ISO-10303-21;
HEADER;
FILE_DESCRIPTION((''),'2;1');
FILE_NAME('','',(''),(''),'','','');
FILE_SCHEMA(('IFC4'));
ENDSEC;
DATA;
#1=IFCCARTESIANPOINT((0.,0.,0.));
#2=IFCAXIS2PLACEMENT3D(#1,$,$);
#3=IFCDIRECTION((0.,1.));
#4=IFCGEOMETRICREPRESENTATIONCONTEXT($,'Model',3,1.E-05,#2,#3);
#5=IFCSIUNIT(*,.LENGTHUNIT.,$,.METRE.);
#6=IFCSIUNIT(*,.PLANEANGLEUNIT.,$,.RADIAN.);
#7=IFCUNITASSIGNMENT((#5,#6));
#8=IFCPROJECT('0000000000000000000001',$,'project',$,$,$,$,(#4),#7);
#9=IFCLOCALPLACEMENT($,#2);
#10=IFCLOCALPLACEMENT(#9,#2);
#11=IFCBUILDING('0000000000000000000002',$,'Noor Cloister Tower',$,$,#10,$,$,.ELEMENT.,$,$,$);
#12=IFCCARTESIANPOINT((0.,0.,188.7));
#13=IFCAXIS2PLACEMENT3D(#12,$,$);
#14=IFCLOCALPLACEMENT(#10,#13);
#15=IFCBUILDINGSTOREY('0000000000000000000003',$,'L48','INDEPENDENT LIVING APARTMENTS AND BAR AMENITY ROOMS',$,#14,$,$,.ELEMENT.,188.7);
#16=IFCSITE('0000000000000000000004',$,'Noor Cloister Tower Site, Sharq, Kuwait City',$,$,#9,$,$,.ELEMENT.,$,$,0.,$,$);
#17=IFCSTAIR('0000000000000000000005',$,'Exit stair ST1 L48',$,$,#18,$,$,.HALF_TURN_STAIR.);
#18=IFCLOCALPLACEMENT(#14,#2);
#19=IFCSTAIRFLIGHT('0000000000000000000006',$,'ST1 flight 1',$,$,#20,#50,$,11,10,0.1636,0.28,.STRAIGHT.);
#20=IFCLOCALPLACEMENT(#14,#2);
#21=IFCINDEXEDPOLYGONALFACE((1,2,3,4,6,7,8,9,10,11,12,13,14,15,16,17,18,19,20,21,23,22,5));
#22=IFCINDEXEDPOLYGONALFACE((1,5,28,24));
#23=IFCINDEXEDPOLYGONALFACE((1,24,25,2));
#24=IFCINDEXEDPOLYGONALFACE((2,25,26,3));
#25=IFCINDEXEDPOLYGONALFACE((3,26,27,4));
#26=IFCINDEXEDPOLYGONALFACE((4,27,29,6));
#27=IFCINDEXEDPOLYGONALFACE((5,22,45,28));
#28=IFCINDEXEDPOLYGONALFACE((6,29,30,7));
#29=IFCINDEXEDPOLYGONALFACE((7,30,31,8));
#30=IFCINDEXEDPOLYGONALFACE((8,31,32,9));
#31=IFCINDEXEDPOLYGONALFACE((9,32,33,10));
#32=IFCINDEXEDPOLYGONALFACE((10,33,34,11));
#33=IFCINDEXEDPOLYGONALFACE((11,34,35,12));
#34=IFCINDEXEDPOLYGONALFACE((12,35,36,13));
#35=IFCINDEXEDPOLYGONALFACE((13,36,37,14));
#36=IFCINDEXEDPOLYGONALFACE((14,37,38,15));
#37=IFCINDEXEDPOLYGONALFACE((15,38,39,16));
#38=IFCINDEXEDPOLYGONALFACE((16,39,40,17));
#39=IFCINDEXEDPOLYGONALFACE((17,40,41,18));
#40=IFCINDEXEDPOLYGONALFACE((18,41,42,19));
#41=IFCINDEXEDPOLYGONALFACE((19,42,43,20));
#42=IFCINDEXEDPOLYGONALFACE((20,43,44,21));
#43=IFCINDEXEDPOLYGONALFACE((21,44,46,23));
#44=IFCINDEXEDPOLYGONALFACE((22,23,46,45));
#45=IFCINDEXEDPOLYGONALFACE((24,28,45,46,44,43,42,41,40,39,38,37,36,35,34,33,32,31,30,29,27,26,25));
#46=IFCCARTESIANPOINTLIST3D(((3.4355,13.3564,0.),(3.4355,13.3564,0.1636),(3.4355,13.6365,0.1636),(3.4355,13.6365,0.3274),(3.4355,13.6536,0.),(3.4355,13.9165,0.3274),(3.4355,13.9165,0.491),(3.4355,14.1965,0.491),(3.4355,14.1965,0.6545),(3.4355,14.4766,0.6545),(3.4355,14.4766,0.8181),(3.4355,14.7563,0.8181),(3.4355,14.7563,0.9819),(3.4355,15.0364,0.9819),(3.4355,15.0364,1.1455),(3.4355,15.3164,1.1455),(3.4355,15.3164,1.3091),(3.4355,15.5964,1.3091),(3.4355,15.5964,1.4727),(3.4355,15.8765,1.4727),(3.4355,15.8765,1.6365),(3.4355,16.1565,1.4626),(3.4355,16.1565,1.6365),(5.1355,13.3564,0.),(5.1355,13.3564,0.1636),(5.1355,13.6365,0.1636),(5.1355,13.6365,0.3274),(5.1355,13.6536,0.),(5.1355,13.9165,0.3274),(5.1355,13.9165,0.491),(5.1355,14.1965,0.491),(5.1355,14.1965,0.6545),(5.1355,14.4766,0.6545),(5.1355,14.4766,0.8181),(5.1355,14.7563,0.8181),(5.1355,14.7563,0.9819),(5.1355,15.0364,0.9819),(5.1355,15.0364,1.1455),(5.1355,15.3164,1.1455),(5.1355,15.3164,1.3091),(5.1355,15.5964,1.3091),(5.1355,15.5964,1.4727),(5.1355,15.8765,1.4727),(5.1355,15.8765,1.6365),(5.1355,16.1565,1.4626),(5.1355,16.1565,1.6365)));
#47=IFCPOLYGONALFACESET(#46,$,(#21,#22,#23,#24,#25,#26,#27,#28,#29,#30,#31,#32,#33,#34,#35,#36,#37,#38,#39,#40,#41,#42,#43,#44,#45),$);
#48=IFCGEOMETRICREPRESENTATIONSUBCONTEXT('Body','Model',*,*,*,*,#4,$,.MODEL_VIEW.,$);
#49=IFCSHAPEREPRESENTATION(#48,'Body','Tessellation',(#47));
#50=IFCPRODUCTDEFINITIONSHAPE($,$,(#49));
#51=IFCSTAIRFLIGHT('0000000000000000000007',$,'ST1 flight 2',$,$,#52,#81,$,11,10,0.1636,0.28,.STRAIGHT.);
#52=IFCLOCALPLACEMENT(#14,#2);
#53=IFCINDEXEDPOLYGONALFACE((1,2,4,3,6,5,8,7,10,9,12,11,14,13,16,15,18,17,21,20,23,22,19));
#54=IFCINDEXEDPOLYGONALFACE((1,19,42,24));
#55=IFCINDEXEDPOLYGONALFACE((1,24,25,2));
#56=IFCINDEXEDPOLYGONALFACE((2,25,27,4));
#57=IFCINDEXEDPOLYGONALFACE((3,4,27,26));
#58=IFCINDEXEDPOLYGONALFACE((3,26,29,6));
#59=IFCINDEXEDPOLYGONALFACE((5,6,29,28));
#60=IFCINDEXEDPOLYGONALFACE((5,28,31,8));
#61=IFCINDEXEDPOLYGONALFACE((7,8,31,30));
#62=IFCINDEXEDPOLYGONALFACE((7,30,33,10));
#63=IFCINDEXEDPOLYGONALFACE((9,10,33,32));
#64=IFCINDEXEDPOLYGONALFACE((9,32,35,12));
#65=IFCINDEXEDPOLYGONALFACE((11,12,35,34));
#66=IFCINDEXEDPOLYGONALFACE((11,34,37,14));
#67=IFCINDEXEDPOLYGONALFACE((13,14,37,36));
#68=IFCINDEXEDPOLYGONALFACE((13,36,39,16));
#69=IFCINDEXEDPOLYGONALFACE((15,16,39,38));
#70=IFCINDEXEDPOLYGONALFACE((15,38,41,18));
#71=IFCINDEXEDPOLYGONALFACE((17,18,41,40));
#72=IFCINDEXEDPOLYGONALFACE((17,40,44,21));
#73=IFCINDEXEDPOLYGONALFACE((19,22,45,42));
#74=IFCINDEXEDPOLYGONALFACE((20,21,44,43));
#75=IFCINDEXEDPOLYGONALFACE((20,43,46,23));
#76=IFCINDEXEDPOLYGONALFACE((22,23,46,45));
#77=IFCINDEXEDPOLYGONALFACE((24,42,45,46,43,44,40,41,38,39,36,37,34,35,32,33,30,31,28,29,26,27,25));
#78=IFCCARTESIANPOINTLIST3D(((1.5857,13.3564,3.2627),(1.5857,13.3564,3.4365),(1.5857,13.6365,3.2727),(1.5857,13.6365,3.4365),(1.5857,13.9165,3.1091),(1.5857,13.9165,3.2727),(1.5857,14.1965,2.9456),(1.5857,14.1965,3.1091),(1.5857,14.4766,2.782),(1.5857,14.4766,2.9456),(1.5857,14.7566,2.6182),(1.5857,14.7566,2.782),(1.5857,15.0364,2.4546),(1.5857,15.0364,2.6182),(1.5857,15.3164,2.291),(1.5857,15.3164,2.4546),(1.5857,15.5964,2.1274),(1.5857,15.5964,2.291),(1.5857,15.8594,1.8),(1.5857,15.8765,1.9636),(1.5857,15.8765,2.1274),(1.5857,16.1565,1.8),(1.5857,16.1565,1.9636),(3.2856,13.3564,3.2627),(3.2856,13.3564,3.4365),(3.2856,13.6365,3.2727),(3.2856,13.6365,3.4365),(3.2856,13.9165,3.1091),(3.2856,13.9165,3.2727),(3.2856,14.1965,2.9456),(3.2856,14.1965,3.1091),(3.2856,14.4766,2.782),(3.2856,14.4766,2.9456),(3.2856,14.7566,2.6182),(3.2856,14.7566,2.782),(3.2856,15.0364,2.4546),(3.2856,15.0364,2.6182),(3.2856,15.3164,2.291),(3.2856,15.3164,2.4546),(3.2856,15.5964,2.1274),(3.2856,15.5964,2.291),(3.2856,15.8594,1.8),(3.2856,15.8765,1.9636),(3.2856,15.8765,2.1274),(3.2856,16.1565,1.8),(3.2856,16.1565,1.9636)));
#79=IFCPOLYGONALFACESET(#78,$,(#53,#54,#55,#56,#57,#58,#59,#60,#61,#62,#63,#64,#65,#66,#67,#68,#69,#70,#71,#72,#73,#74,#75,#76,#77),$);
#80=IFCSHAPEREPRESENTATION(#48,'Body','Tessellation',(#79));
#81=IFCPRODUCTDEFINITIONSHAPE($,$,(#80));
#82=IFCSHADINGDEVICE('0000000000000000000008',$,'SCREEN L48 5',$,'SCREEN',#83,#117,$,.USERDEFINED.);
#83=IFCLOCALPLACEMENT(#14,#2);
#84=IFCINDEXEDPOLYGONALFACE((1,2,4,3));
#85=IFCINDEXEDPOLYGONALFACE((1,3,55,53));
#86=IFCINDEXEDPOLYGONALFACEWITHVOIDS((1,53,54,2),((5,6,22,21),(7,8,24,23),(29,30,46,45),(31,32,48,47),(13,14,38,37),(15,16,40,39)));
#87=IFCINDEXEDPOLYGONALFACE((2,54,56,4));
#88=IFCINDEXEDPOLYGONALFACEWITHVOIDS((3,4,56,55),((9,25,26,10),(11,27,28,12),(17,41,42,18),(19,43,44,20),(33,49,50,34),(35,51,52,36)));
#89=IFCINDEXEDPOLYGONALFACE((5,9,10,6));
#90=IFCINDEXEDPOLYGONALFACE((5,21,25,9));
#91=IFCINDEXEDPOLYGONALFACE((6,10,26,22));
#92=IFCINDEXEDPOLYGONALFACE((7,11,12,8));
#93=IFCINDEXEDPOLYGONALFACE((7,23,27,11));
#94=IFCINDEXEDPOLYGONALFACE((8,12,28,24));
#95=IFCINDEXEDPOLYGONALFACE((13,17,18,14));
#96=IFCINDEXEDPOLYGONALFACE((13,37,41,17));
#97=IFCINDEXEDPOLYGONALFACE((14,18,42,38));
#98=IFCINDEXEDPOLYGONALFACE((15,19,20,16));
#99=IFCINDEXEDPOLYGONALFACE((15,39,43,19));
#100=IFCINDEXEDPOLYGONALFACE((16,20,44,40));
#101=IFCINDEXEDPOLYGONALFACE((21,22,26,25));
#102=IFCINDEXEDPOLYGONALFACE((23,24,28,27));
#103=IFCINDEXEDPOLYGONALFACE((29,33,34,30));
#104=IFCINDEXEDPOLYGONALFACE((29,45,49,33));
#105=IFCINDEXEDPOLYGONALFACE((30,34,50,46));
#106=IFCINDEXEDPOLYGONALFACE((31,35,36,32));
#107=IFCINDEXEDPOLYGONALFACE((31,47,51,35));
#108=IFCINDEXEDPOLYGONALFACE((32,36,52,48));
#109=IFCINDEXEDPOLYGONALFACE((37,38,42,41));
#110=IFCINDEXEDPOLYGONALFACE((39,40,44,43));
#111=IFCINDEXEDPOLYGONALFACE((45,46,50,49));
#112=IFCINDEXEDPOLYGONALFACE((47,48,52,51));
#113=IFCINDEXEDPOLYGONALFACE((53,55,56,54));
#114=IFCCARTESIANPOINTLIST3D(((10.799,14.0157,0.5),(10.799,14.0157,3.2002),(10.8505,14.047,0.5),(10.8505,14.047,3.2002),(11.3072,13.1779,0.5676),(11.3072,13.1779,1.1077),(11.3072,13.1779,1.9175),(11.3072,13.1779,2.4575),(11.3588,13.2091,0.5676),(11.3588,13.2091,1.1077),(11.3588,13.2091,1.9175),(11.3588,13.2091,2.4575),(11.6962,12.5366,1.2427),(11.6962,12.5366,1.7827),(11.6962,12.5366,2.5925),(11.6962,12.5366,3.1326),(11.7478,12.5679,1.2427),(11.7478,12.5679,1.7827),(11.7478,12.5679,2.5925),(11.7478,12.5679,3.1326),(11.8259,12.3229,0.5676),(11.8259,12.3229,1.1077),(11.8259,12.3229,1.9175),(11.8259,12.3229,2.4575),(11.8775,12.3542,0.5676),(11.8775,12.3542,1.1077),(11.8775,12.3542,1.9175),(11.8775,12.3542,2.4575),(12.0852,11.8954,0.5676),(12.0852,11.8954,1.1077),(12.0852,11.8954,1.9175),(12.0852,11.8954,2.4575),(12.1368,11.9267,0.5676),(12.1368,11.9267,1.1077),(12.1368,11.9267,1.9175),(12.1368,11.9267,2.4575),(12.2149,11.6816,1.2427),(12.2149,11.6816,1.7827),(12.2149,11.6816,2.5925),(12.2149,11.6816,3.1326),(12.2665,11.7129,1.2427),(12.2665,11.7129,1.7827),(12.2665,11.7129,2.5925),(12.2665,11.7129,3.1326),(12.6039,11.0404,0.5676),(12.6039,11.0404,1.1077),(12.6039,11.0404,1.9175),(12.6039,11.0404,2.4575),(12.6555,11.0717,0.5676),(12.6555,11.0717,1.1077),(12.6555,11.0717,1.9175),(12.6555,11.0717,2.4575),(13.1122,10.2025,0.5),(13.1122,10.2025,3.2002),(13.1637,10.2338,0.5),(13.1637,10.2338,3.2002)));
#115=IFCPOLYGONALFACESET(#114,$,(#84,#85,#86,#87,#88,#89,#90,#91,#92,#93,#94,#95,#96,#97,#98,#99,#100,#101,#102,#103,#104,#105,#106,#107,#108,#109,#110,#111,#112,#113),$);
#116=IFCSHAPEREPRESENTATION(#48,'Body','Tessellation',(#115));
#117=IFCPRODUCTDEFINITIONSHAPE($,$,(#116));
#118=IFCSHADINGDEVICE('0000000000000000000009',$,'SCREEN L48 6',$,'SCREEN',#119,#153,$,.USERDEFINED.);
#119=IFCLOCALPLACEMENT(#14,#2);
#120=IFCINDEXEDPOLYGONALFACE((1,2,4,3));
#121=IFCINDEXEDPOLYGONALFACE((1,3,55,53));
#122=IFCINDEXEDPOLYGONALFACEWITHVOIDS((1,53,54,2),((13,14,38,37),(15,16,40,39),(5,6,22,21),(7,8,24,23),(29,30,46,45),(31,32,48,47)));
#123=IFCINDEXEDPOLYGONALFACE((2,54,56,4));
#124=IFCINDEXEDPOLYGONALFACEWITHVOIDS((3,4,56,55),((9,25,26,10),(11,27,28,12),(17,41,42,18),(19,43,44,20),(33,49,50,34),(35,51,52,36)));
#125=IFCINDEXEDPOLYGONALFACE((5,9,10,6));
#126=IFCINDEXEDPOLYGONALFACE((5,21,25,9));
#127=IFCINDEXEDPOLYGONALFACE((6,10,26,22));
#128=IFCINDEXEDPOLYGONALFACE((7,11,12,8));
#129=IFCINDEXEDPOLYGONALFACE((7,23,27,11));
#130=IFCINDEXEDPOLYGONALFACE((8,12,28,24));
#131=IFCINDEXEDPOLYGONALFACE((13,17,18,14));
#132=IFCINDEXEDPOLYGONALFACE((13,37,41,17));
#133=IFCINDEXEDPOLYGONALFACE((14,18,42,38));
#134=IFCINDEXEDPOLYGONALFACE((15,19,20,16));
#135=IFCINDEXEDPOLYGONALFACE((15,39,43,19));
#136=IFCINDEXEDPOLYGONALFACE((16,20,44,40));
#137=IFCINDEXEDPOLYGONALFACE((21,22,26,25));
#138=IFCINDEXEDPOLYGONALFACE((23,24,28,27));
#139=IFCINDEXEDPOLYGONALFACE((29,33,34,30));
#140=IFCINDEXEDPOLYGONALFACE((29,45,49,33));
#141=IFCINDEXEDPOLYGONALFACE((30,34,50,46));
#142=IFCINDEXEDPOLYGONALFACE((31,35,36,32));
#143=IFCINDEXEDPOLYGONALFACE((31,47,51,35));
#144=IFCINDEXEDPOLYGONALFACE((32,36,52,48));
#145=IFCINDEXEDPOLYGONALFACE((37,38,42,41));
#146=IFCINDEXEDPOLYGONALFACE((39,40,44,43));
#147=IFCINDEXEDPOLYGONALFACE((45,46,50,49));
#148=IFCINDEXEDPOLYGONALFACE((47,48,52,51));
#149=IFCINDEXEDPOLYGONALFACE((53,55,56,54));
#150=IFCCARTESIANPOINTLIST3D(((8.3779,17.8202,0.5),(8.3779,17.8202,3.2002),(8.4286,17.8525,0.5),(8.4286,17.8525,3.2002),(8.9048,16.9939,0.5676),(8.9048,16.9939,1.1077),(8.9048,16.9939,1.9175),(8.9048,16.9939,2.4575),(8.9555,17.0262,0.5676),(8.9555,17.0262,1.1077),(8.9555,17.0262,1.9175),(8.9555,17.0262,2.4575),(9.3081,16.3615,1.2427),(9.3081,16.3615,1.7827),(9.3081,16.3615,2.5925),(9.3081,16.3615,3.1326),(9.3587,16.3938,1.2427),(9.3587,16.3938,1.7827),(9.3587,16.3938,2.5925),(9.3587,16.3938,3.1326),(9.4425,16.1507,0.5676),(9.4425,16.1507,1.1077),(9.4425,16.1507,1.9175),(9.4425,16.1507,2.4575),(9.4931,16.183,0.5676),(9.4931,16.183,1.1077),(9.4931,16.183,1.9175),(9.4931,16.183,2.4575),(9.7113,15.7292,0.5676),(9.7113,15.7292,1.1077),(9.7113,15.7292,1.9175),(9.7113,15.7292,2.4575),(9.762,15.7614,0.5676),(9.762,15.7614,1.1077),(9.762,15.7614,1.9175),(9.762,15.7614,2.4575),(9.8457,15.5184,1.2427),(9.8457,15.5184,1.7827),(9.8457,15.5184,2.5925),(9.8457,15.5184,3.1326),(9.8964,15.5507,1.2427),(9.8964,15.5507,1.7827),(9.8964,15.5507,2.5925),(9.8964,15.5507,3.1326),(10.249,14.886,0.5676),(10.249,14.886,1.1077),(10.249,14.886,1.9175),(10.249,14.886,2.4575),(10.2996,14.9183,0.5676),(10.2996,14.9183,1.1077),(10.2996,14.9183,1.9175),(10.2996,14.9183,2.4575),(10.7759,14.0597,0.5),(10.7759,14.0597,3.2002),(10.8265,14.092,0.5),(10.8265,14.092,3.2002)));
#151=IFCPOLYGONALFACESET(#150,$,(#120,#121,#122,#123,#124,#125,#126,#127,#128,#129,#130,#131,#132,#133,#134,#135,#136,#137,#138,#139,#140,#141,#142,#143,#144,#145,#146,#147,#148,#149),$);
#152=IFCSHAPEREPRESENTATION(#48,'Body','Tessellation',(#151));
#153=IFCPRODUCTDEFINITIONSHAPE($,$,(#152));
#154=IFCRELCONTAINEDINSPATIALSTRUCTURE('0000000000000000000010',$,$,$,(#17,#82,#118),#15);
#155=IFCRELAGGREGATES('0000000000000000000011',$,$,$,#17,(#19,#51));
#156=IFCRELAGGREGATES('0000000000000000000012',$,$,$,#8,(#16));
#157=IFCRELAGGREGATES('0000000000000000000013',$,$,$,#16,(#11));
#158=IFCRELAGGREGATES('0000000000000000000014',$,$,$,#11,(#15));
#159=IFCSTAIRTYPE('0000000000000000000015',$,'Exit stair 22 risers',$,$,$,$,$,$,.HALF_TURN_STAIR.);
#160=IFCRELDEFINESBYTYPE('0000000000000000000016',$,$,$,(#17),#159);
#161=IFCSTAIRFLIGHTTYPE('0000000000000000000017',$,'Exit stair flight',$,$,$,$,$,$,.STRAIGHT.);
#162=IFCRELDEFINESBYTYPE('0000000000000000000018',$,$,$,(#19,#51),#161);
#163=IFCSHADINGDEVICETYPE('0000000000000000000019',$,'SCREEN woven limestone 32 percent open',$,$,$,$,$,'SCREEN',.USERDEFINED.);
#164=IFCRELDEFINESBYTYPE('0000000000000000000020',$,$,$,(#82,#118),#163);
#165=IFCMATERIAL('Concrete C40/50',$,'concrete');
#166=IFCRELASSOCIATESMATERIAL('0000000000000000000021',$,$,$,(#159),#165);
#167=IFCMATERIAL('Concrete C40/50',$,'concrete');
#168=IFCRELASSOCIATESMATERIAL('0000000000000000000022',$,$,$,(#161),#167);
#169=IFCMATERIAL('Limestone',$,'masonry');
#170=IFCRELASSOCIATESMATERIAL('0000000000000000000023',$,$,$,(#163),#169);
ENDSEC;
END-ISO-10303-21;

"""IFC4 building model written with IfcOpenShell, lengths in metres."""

from ifc_helpers import new_model, si_unit, direction, frame, origin, place, context, subcontext, project, spatial, polyline, outline, extrude, material, material_profile, profile_set, type_object, element, aggregate, save


model = new_model("IFC4")

# Units and contexts
model_context = context("Model", 3, precision=1e-05, world=origin(), true_north=direction((0.0, 1.0)))
body_context = subcontext(model_context, "Body", "Model", "MODEL_VIEW")
ifc_project = project(units=[si_unit("LENGTHUNIT", "METRE"), si_unit("PLANEANGLEUNIT", "RADIAN")], contexts=[model_context])

# Site, building, storey
site_placement = place(None, origin())
site = spatial("IfcSite", under=ifc_project, at=site_placement, Name="Noor Cloister Tower Site, Sharq, Kuwait City", CompositionType="ELEMENT", RefElevation=0.0)
building_placement = place(site_placement, origin())
building = spatial("IfcBuilding", under=site, at=building_placement, Name="Noor Cloister Tower", CompositionType="ELEMENT")
storey_placement = place(building_placement, frame((0.0, 0.0, 188.7)))
storey = spatial("IfcBuildingStorey", under=building, at=storey_placement, Name="L48", Description="INDEPENDENT LIVING APARTMENTS AND BAR AMENITY ROOMS", CompositionType="ELEMENT", Elevation=188.7)

# Stair, stair flights
ifc_material_1 = material(Name="Concrete C40/50", Category="concrete")
stair_type = type_object("IfcStairType", Name="Exit stair 22 risers", PredefinedType="HALF_TURN_STAIR", material=ifc_material_1)
stair_placement = place(storey_placement, origin())
stair = element("IfcStair", 1, at=stair_placement, inside=storey, type_object=stair_type, Name="Exit stair ST1 L48", PredefinedType="HALF_TURN_STAIR")
ifc_material_2 = material(Name="Concrete C40/50", Category="concrete")
stair_flight_type = type_object("IfcStairFlightType", Name="Exit stair flight", PredefinedType="STRAIGHT", material=ifc_material_2)
stair_flight_1_placement = place(storey_placement, frame((4.2856, 13.3564, 0.0), z_axis=(0.0, 0.0, 1.0), x_axis=(0.0, 1.0, 0.0)))
stair_flight_1 = element("IfcStairFlight", 2, at=stair_flight_1_placement, type_object=stair_flight_type, Name="ST1 flight 1", NumberOfRisers=11, NumberOfTreads=10, PredefinedType="STRAIGHT", RiserHeight=0.1636, TreadLength=0.28, context=body_context, shape_type="SweptSolid", body=[
    extrude(outline(polyline([(0.0, 0.0), (0.0, 0.1636), (0.28, 0.1636), (0.28, 0.3274), (0.5601, 0.3274), (0.5601, 0.491), (0.8401, 0.491), (0.8401, 0.6545), (1.1201, 0.6545), (1.1201, 0.8181), (1.3999, 0.8181), (1.3999, 0.9819), (1.6799, 0.9819), (1.6799, 1.1455), (1.96, 1.1455), (1.96, 1.3091), (2.24, 1.3091), (2.24, 1.4727), (2.52, 1.4727), (2.52, 1.6365), (2.8, 1.6365), (2.8, 1.8), (2.8, 1.4626), (0.2971, 0.0), (0.0, 0.0)])), frame((0.0, 0.8501, 0.0), z_axis=(0.0, -1.0, 0.0), x_axis=(1.0, 0.0, 0.0)), (0.0, 0.0, 1.0), 1.7),
])
stair_flight_2_placement = place(storey_placement, frame((2.4355, 16.1565, 1.8), z_axis=(0.0, 0.0, 1.0), x_axis=(0.0, -1.0, 0.0)))
stair_flight_2 = element("IfcStairFlight", 3, at=stair_flight_2_placement, type_object=stair_flight_type, Name="ST1 flight 2", NumberOfRisers=11, NumberOfTreads=10, PredefinedType="STRAIGHT", RiserHeight=0.1636, TreadLength=0.28, context=body_context, shape_type="SweptSolid", body=[
    extrude(outline(polyline([(0.0, 0.0), (0.0, 0.1636), (0.28, 0.1636), (0.28, 0.3274), (0.5601, 0.3274), (0.5601, 0.491), (0.8401, 0.491), (0.8401, 0.6545), (1.1201, 0.6545), (1.1201, 0.8181), (1.3999, 0.8181), (1.3999, 0.9819), (1.6799, 0.9819), (1.6799, 1.1455), (1.96, 1.1455), (1.96, 1.3091), (2.24, 1.3091), (2.24, 1.4727), (2.52, 1.4727), (2.52, 1.6365), (2.8, 1.6365), (2.8, 1.8), (2.8, 1.4626), (0.2971, 0.0), (0.0, 0.0)])), frame((0.0, 0.8501, 0.0), z_axis=(0.0, -1.0, 0.0), x_axis=(1.0, 0.0, 0.0)), (0.0, 0.0, 1.0), 1.7),
])
aggregate(stair, [stair_flight_1, stair_flight_2])

# Shading devices
ifc_material_3 = material(Name="Limestone", Category="masonry")
ifc_material_profile_1 = material_profile(ifc_material_3, outline(polyline([(-2.23, -1.3501), (2.23, -1.3501), (2.23, 1.3501), (-2.23, 1.3501), (-2.23, -1.3501)]), holes=[polyline([(-1.25, -1.2825), (-0.25, -1.2825), (-0.25, -0.7424), (-1.25, -0.7424), (-1.25, -1.2825)]), polyline([(0.25, -1.2825), (1.25, -1.2825), (1.25, -0.7424), (0.25, -0.7424), (0.25, -1.2825)]), polyline([(-0.5, -0.6074), (0.5, -0.6074), (0.5, -0.0674), (-0.5, -0.0674), (-0.5, -0.6074)]), polyline([(-1.25, 0.0674), (-0.25, 0.0674), (-0.25, 0.6074), (-1.25, 0.6074), (-1.25, 0.0674)]), polyline([(0.25, 0.0674), (1.25, 0.0674), (1.25, 0.6074), (0.25, 0.6074), (0.25, 0.0674)]), polyline([(-0.5, 0.7424), (0.5, 0.7424), (0.5, 1.2825), (-0.5, 1.2825), (-0.5, 0.7424)])]), Name="Woven screen 32 percent open")
ifc_profile_set_1 = profile_set([ifc_material_profile_1], Name="Limestone")
shading_device_type = type_object("IfcShadingDeviceType", Name="SCREEN woven limestone 32 percent open", ElementType="SCREEN", PredefinedType="USERDEFINED", material=ifc_profile_set_1)
shading_device_placement = place(storey_placement, frame((11.9556, 12.1091, 1.8501), z_axis=(0.85498, 0.518661, 0.0), x_axis=(-0.518661, 0.85498, 0.0)))
element("IfcShadingDevice", 4, at=shading_device_placement, inside=storey, type_object=shading_device_type, Name="SCREEN L48 5", ObjectType="SCREEN", PredefinedType="USERDEFINED", context=body_context, shape_type="SweptSolid", body=[
    extrude(outline(polyline([(-2.23, -1.3501), (2.23, -1.3501), (2.23, 1.3501), (-2.23, 1.3501), (-2.23, -1.3501)]), holes=[polyline([(-1.25, -1.2825), (-0.25, -1.2825), (-0.25, -0.7424), (-1.25, -0.7424), (-1.25, -1.2825)]), polyline([(0.25, -1.2825), (1.25, -1.2825), (1.25, -0.7424), (0.25, -0.7424), (0.25, -1.2825)]), polyline([(-0.5, -0.6074), (0.5, -0.6074), (0.5, -0.0674), (-0.5, -0.0674), (-0.5, -0.6074)]), polyline([(-1.25, 0.0674), (-0.25, 0.0674), (-0.25, 0.6074), (-1.25, 0.6074), (-1.25, 0.0674)]), polyline([(0.25, 0.0674), (1.25, 0.0674), (1.25, 0.6074), (0.25, 0.6074), (0.25, 0.0674)]), polyline([(-0.5, 0.7424), (0.5, 0.7424), (0.5, 1.2825), (-0.5, 1.2825), (-0.5, 0.7424)])]), origin(), (0.0, 0.0, 1.0), 0.0603),
])
for number, where, z_axis, x_axis, name in (
    (5, (9.5769, 15.9399, 1.8501), (0.843158, 0.537666, 0.0), (-0.537666, 0.843158, 0.0), "SCREEN L48 6"),
):
    element("IfcShadingDevice", number, at=place(storey_placement, frame(where, z_axis=z_axis, x_axis=x_axis)), inside=storey, type_object=shading_device_type, Name=name, ObjectType="SCREEN", PredefinedType="USERDEFINED", context=body_context, shape_type="SweptSolid", body=[
        extrude(outline(polyline([(-2.23, -1.3501), (2.23, -1.3501), (2.23, 1.3501), (-2.23, 1.3501), (-2.23, -1.3501)]), holes=[polyline([(-1.25, -1.2825), (-0.25, -1.2825), (-0.25, -0.7424), (-1.25, -0.7424), (-1.25, -1.2825)]), polyline([(0.25, -1.2825), (1.25, -1.2825), (1.25, -0.7424), (0.25, -0.7424), (0.25, -1.2825)]), polyline([(-0.5, -0.6074), (0.5, -0.6074), (0.5, -0.0674), (-0.5, -0.0674), (-0.5, -0.6074)]), polyline([(-1.25, 0.0674), (-0.25, 0.0674), (-0.25, 0.6074), (-1.25, 0.6074), (-1.25, 0.0674)]), polyline([(0.25, 0.0674), (1.25, 0.0674), (1.25, 0.6074), (0.25, 0.6074), (0.25, 0.0674)]), polyline([(-0.5, 0.7424), (0.5, 0.7424), (0.5, 1.2825), (-0.5, 1.2825), (-0.5, 0.7424)])]), origin(), (0.0, 0.0, 1.0), 0.0601),
    ])

save(model, "model.ifc")
